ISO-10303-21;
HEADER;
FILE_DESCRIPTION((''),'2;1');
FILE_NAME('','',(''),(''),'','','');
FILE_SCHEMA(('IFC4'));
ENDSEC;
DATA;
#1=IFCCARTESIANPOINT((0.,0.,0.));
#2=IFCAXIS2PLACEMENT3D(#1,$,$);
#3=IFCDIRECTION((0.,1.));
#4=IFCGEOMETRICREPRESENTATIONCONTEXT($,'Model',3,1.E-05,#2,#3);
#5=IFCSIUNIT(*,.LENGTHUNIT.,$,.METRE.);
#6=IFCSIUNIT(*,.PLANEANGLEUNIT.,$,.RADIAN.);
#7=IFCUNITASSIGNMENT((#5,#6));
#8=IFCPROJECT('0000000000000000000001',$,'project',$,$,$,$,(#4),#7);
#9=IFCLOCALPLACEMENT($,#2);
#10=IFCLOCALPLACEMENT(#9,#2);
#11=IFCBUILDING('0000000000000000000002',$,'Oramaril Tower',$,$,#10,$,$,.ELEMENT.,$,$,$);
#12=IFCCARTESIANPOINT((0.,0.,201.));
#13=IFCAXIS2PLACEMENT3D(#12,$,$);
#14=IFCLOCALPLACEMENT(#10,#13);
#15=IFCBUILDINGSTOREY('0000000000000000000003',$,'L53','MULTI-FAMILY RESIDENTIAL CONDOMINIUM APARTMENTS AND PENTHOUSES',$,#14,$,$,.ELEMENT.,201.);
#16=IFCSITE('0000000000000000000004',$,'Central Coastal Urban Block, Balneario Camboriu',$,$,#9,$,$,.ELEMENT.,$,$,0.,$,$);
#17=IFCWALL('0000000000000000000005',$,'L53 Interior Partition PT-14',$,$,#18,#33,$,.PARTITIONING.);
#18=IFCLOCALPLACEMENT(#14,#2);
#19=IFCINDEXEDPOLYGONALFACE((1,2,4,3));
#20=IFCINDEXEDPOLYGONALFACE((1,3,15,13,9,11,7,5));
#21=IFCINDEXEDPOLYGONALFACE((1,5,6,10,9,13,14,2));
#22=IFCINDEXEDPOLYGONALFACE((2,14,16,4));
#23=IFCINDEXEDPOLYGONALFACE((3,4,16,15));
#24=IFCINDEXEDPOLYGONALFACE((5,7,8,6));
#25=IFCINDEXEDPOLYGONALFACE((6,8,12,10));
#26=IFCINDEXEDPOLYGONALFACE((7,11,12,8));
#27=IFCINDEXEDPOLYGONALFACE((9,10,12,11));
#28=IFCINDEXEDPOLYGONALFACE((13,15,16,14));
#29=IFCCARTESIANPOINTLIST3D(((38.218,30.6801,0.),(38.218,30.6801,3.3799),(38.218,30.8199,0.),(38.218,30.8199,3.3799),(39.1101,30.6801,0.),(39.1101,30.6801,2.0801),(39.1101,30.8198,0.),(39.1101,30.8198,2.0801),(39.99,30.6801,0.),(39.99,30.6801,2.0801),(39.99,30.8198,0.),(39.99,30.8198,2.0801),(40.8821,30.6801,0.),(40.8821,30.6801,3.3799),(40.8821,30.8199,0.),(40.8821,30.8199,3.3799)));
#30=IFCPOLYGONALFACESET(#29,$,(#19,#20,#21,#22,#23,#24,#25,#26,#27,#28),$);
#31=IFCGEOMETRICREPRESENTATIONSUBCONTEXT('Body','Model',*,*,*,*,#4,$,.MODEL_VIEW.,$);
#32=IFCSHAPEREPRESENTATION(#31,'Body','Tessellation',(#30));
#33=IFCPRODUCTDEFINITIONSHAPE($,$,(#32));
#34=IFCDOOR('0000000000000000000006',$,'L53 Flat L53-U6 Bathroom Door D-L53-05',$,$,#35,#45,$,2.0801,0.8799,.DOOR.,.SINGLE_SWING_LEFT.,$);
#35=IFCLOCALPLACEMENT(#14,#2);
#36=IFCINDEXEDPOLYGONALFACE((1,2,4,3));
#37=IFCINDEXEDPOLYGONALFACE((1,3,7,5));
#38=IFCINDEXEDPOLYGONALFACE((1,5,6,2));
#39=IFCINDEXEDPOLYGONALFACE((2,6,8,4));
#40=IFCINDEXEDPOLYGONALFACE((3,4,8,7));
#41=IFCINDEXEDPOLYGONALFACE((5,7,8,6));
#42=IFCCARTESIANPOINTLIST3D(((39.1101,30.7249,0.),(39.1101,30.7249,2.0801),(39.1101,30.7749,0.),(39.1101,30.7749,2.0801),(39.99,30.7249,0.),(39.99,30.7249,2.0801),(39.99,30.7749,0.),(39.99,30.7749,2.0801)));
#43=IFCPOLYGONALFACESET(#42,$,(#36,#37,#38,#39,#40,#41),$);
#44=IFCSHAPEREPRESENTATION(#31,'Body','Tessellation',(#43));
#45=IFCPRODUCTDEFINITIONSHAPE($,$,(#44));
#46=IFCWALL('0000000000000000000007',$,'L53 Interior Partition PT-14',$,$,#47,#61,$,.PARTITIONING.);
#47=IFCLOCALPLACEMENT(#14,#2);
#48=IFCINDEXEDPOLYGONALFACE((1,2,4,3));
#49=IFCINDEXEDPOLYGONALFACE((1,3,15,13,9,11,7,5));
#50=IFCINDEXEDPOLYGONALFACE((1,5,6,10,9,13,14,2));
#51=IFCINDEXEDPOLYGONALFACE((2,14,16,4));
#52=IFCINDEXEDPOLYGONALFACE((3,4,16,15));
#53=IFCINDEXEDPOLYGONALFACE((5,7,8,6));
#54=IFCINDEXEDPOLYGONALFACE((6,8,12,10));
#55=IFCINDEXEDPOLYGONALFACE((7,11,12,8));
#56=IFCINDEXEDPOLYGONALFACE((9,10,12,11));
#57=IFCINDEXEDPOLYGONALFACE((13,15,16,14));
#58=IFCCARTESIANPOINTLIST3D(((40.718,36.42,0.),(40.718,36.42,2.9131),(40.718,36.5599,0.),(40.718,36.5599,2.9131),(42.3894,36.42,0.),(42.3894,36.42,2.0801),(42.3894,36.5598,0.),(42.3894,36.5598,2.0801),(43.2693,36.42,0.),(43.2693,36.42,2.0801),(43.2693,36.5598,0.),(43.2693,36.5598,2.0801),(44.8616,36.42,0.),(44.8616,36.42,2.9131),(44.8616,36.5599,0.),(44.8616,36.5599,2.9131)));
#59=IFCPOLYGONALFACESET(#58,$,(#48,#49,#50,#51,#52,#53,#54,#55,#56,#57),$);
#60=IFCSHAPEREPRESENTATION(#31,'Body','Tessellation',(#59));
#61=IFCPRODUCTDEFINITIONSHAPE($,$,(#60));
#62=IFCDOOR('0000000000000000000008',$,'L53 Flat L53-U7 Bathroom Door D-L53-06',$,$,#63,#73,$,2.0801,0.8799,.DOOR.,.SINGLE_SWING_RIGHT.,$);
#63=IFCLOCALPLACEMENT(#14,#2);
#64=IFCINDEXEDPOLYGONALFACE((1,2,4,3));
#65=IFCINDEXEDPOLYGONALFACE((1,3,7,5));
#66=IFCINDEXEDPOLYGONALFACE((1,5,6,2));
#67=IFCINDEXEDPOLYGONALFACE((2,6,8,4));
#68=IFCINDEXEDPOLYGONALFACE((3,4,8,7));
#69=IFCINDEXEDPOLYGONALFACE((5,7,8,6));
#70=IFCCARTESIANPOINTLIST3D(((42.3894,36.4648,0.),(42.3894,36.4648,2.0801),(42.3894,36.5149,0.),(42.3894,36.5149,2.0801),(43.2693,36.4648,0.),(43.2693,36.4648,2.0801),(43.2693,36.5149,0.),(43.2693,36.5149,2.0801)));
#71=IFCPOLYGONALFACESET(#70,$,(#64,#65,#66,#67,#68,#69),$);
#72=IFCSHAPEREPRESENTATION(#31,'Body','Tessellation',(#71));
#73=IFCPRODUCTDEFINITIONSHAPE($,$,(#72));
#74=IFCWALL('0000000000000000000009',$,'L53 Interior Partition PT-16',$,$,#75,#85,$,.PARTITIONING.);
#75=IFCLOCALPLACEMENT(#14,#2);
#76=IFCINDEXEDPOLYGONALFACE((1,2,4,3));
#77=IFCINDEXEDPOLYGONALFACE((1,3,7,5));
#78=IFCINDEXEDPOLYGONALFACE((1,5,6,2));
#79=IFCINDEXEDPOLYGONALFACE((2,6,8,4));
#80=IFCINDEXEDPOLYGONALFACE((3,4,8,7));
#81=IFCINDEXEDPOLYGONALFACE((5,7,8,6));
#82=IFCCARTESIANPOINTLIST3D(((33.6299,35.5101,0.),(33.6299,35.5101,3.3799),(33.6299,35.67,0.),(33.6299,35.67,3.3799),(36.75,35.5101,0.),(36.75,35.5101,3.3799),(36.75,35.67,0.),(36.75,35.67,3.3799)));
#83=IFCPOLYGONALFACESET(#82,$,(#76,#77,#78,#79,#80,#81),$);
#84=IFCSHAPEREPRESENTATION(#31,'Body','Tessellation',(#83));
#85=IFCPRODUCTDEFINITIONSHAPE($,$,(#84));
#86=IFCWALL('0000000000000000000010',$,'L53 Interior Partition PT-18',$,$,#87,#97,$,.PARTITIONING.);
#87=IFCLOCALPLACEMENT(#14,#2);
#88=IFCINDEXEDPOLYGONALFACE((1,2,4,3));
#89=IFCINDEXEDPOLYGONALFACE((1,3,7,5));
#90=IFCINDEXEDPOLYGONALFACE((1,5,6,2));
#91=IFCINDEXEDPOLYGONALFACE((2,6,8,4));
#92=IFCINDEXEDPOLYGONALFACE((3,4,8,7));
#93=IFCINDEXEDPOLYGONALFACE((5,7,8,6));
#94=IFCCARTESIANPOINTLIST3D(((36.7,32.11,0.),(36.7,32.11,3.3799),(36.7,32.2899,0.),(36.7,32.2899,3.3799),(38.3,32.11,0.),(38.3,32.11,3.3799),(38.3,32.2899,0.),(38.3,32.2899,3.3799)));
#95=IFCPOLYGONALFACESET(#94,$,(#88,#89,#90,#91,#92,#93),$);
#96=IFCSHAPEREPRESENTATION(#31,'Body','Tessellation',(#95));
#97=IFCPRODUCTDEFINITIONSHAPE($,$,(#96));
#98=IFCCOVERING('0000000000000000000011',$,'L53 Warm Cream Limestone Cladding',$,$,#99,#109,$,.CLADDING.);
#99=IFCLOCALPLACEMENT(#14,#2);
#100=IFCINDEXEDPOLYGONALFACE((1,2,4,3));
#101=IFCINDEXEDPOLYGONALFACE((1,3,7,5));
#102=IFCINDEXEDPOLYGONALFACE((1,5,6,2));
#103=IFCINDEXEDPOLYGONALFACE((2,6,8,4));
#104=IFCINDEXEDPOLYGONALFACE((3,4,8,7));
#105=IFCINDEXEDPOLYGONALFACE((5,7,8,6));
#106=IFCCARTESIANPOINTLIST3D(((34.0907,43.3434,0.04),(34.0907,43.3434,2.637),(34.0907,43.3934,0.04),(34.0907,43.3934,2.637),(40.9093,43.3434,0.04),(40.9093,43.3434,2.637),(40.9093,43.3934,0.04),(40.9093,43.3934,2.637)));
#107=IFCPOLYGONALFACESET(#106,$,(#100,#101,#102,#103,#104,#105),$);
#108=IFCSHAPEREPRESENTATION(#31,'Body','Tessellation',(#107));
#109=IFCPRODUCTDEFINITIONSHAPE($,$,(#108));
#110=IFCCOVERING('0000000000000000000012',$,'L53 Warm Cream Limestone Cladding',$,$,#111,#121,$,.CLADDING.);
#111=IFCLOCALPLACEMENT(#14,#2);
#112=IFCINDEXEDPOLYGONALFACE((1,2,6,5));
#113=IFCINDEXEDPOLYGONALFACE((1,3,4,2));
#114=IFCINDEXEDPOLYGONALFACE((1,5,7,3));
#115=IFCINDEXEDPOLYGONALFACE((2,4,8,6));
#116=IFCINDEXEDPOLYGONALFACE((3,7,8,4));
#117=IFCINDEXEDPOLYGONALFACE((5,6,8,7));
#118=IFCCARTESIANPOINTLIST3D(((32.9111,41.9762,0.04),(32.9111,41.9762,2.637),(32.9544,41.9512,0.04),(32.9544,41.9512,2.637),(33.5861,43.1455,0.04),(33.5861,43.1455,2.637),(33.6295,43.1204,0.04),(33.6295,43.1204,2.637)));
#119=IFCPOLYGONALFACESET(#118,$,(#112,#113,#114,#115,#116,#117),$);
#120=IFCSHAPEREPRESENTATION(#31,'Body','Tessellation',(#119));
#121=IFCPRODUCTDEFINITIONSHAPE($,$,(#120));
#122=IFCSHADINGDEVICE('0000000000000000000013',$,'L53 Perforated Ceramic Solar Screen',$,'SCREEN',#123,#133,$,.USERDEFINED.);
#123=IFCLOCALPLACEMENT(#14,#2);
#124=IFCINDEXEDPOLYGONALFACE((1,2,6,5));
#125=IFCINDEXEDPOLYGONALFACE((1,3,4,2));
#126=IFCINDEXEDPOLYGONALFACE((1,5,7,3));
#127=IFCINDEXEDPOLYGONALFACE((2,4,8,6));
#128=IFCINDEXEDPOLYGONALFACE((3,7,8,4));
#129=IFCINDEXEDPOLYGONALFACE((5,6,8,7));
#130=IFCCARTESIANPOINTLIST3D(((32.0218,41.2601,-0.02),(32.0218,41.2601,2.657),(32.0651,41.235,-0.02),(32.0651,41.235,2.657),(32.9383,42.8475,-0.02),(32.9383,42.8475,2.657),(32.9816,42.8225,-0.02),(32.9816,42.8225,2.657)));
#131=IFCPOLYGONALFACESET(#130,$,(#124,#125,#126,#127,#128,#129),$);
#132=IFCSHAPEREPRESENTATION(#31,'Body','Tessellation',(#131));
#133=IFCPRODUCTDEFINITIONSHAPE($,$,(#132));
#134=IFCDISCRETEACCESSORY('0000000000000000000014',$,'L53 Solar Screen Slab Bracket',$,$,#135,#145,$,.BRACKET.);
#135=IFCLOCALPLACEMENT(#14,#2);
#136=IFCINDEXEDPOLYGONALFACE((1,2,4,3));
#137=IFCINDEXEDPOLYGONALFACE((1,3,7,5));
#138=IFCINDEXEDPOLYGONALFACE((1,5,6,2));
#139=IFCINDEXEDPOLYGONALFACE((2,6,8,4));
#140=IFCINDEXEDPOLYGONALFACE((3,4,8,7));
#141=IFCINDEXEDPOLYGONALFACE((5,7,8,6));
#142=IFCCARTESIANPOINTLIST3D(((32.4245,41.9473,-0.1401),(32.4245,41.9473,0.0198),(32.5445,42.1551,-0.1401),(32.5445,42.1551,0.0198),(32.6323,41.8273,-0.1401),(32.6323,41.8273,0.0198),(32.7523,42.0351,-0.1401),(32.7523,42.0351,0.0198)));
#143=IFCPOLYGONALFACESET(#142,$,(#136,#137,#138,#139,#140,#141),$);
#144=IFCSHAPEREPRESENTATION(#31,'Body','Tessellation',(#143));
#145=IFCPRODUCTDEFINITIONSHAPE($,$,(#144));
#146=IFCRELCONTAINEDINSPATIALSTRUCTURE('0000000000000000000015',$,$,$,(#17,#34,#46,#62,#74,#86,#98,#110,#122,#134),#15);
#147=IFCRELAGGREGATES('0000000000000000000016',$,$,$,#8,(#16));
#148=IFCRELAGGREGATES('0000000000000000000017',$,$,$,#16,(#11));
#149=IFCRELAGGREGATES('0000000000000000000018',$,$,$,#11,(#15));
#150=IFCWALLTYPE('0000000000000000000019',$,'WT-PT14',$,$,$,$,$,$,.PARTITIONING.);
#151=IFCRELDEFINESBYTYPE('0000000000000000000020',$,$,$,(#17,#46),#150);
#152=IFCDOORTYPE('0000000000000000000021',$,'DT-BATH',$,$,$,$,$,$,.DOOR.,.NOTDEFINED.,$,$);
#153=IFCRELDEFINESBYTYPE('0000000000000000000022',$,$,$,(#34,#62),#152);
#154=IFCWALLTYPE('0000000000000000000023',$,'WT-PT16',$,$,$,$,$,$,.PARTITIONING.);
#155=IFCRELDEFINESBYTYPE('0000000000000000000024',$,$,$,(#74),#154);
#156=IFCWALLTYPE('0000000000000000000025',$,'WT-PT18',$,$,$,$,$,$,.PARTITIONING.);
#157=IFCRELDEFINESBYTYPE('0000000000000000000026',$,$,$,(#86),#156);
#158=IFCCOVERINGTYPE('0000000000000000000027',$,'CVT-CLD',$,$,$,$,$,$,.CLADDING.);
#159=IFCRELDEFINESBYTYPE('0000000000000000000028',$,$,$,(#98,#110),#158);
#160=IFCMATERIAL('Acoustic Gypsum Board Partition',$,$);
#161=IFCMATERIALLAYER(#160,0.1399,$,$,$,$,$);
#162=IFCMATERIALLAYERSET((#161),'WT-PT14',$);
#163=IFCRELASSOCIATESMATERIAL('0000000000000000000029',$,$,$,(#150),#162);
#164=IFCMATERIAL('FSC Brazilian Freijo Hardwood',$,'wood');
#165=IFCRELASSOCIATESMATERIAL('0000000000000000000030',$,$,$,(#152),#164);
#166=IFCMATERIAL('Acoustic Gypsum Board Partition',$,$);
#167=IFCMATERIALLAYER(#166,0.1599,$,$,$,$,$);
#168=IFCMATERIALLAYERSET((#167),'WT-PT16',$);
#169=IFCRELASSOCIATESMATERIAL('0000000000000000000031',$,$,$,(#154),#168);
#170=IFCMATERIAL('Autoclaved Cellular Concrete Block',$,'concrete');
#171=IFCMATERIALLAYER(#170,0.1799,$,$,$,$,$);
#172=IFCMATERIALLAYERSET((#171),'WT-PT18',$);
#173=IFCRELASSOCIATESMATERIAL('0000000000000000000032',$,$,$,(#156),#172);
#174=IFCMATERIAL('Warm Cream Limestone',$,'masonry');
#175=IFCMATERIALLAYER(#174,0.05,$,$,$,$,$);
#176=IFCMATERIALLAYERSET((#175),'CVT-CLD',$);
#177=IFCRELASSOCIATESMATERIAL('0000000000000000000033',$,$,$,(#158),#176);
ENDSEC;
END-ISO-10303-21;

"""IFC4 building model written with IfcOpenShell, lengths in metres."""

from ifc_helpers import new_model, si_unit, direction, frame, frame_2d, origin, origin_2d, place, context, subcontext, project, spatial, rectangle, extrude, material, layer, layer_set, type_object, element, fill, save


model = new_model("IFC4")

# Units and contexts
model_context = context("Model", 3, precision=1e-05, world=origin(), true_north=direction((0.0, 1.0)))
body_context = subcontext(model_context, "Body", "Model", "MODEL_VIEW")
ifc_project = project(units=[si_unit("LENGTHUNIT", "METRE"), si_unit("PLANEANGLEUNIT", "RADIAN")], contexts=[model_context])

# Site, building, storey
site_placement = place(None, origin())
site = spatial("IfcSite", under=ifc_project, at=site_placement, Name="Central Coastal Urban Block, Balneario Camboriu", CompositionType="ELEMENT", RefElevation=0.0)
building_placement = place(site_placement, origin())
building = spatial("IfcBuilding", under=site, at=building_placement, Name="Oramaril Tower", CompositionType="ELEMENT")
storey_placement = place(building_placement, frame((0.0, 0.0, 201.0)))
storey = spatial("IfcBuildingStorey", under=building, at=storey_placement, Name="L53", Description="MULTI-FAMILY RESIDENTIAL CONDOMINIUM APARTMENTS AND PENTHOUSES", CompositionType="ELEMENT", Elevation=201.0)

# Walls, openings, doors
ifc_material_1 = material(Name="Acoustic Gypsum Board Partition")
ifc_layer_1 = layer(ifc_material_1, 0.1399)
ifc_layer_set_1 = layer_set([ifc_layer_1], Name="WT-PT14")
wall_type_1 = type_object("IfcWallType", Name="WT-PT14", PredefinedType="PARTITIONING", material=ifc_layer_set_1)
wall_1_placement = place(storey_placement, frame((38.218, 30.75, 0.0), z_axis=(0.0, 0.0, 1.0), x_axis=(1.0, 0.0, 0.0)))
wall_1 = element("IfcWall", 1, at=wall_1_placement, inside=storey, type_object=wall_type_1, Name="L53 Interior Partition PT-14", PredefinedType="PARTITIONING", context=body_context, shape_type="SweptSolid", body=[
    extrude(rectangle(XDim=2.6641, YDim=0.1399, at=frame_2d((1.332, 0.0))), origin(), (0.0, 0.0, 1.0), 3.3799),
])
opening_1_placement = place(wall_1_placement, frame((0.8921, 0.0, 0.0)))
opening_1 = element("IfcOpeningElement", 2, at=opening_1_placement, cuts=wall_1, PredefinedType="OPENING", context=body_context, shape_type="SweptSolid", body=[
    extrude(rectangle(XDim=0.8799, YDim=2.0801, at=frame_2d((0.4399, 1.04))), frame((0.0, 0.0698, 0.0), z_axis=(0.0, -1.0, 0.0), x_axis=(1.0, 0.0, 0.0)), (0.0, 0.0, 1.0), 0.1399),
])
ifc_material_2 = material(Name="FSC Brazilian Freijo Hardwood", Category="wood")
door_type_1 = type_object("IfcDoorType", Name="DT-BATH", OperationType="NOTDEFINED", PredefinedType="DOOR", material=ifc_material_2)
door_1_placement = place(opening_1_placement, origin())
door_1 = element("IfcDoor", 3, at=door_1_placement, inside=storey, type_object=door_type_1, Name="L53 Flat L53-U6 Bathroom Door D-L53-05", OperationType="SINGLE_SWING_LEFT", OverallHeight=2.0801, OverallWidth=0.8799, PredefinedType="DOOR", context=body_context, shape_type="SweptSolid", body=[
    extrude(rectangle(XDim=0.8799, YDim=2.0801, at=frame_2d((0.4399, 1.04))), frame((0.0, 0.0249, 0.0), z_axis=(0.0, -1.0, 0.0), x_axis=(1.0, 0.0, 0.0)), (0.0, 0.0, 1.0), 0.05),
])
fill(opening_1, door_1)
wall_2_placement = place(storey_placement, frame((40.718, 36.49, 0.0), z_axis=(0.0, 0.0, 1.0), x_axis=(1.0, 0.0, 0.0)))
wall_2 = element("IfcWall", 4, at=wall_2_placement, inside=storey, type_object=wall_type_1, Name="L53 Interior Partition PT-14", PredefinedType="PARTITIONING", context=body_context, shape_type="SweptSolid", body=[
    extrude(rectangle(XDim=4.1436, YDim=0.1399, at=frame_2d((2.0718, 0.0))), origin(), (0.0, 0.0, 1.0), 2.9131),
])
opening_2_placement = place(wall_2_placement, frame((1.6714, 0.0, 0.0)))
opening_2 = element("IfcOpeningElement", 5, at=opening_2_placement, cuts=wall_2, PredefinedType="OPENING", context=body_context, shape_type="SweptSolid", body=[
    extrude(rectangle(XDim=0.8799, YDim=2.0801, at=frame_2d((0.4399, 1.04))), frame((0.0, 0.0698, 0.0), z_axis=(0.0, -1.0, 0.0), x_axis=(1.0, 0.0, 0.0)), (0.0, 0.0, 1.0), 0.1399),
])
door_2_placement = place(opening_2_placement, origin())
door_2 = element("IfcDoor", 6, at=door_2_placement, inside=storey, type_object=door_type_1, Name="L53 Flat L53-U7 Bathroom Door D-L53-06", OperationType="SINGLE_SWING_RIGHT", OverallHeight=2.0801, OverallWidth=0.8799, PredefinedType="DOOR", context=body_context, shape_type="SweptSolid", body=[
    extrude(rectangle(XDim=0.8799, YDim=2.0801, at=frame_2d((0.4399, 1.04))), frame((0.0, 0.0249, 0.0), z_axis=(0.0, -1.0, 0.0), x_axis=(1.0, 0.0, 0.0)), (0.0, 0.0, 1.0), 0.05),
])
fill(opening_2, door_2)

# Walls
ifc_material_3 = material(Name="Acoustic Gypsum Board Partition")
ifc_layer_2 = layer(ifc_material_3, 0.1599)
ifc_layer_set_2 = layer_set([ifc_layer_2], Name="WT-PT16")
wall_type_2 = type_object("IfcWallType", Name="WT-PT16", PredefinedType="PARTITIONING", material=ifc_layer_set_2)
wall_3_placement = place(storey_placement, frame((33.6299, 35.5901, 0.0), z_axis=(0.0, 0.0, 1.0), x_axis=(1.0, 0.0, 0.0)))
element("IfcWall", 7, at=wall_3_placement, inside=storey, type_object=wall_type_2, Name="L53 Interior Partition PT-16", PredefinedType="PARTITIONING", context=body_context, shape_type="SweptSolid", body=[
    extrude(rectangle(XDim=3.1201, YDim=0.1599, at=frame_2d((1.5601, 0.0))), origin(), (0.0, 0.0, 1.0), 3.3799),
])
ifc_material_4 = material(Name="Autoclaved Cellular Concrete Block", Category="concrete")
ifc_layer_3 = layer(ifc_material_4, 0.1799)
ifc_layer_set_3 = layer_set([ifc_layer_3], Name="WT-PT18")
wall_type_3 = type_object("IfcWallType", Name="WT-PT18", PredefinedType="PARTITIONING", material=ifc_layer_set_3)
wall_4_placement = place(storey_placement, frame((36.7, 32.2, 0.0), z_axis=(0.0, 0.0, 1.0), x_axis=(1.0, 0.0, 0.0)))
element("IfcWall", 8, at=wall_4_placement, inside=storey, type_object=wall_type_3, Name="L53 Interior Partition PT-18", PredefinedType="PARTITIONING", context=body_context, shape_type="SweptSolid", body=[
    extrude(rectangle(XDim=1.6001, YDim=0.1799, at=frame_2d((0.8, 0.0))), origin(), (0.0, 0.0, 1.0), 3.3799),
])

# Coverings
ifc_material_5 = material(Name="Warm Cream Limestone", Category="masonry")
ifc_layer_4 = layer(ifc_material_5, 0.05)
ifc_layer_set_4 = layer_set([ifc_layer_4], Name="CVT-CLD")
covering_type = type_object("IfcCoveringType", Name="CVT-CLD", PredefinedType="CLADDING", material=ifc_layer_set_4)
covering_1_placement = place(storey_placement, frame((37.5, 43.3684, 0.04), z_axis=(0.0, 0.0, 1.0), x_axis=(-1.0, 0.0, 0.0)))
element("IfcCovering", 9, at=covering_1_placement, inside=storey, type_object=covering_type, Name="L53 Warm Cream Limestone Cladding", PredefinedType="CLADDING", context=body_context, shape_type="SweptSolid", body=[
    extrude(rectangle(XDim=6.8186, YDim=0.05, at=origin_2d()), origin(), (0.0, 0.0, 1.0), 2.5969),
])
covering_2_placement = place(storey_placement, frame((33.2703, 42.5483, 0.04), z_axis=(0.0, 0.0, 1.0), x_axis=(-0.5, -0.866025, 0.0)))
element("IfcCovering", 10, at=covering_2_placement, inside=storey, type_object=covering_type, Name="L53 Warm Cream Limestone Cladding", PredefinedType="CLADDING", context=body_context, shape_type="SweptSolid", body=[
    extrude(rectangle(XDim=1.3501, YDim=0.05, at=origin_2d()), origin(), (0.0, 0.0, 1.0), 2.5969),
])

# Shading device
shading_device_placement = place(storey_placement, frame((32.5017, 42.0413, -0.02), z_axis=(0.0, 0.0, 1.0), x_axis=(-0.5, -0.866025, 0.0)))
element("IfcShadingDevice", 11, at=shading_device_placement, inside=storey, Name="L53 Perforated Ceramic Solar Screen", ObjectType="SCREEN", PredefinedType="USERDEFINED", context=body_context, shape_type="SweptSolid", body=[
    extrude(rectangle(XDim=1.833, YDim=0.05, at=origin_2d()), origin(), (0.0, 0.0, 1.0), 2.677),
])

# Discrete accessory
discrete_accessory_placement = place(storey_placement, frame((32.5884, 41.9912, -0.1401), z_axis=(0.0, 0.0, 1.0), x_axis=(-0.5, -0.866025, 0.0)))
element("IfcDiscreteAccessory", 12, at=discrete_accessory_placement, inside=storey, Name="L53 Solar Screen Slab Bracket", PredefinedType="BRACKET", context=body_context, shape_type="SweptSolid", body=[
    extrude(rectangle(XDim=0.24, YDim=0.24, at=origin_2d()), origin(), (0.0, 0.0, 1.0), 0.1599),
])

save(model, "model.ifc")
